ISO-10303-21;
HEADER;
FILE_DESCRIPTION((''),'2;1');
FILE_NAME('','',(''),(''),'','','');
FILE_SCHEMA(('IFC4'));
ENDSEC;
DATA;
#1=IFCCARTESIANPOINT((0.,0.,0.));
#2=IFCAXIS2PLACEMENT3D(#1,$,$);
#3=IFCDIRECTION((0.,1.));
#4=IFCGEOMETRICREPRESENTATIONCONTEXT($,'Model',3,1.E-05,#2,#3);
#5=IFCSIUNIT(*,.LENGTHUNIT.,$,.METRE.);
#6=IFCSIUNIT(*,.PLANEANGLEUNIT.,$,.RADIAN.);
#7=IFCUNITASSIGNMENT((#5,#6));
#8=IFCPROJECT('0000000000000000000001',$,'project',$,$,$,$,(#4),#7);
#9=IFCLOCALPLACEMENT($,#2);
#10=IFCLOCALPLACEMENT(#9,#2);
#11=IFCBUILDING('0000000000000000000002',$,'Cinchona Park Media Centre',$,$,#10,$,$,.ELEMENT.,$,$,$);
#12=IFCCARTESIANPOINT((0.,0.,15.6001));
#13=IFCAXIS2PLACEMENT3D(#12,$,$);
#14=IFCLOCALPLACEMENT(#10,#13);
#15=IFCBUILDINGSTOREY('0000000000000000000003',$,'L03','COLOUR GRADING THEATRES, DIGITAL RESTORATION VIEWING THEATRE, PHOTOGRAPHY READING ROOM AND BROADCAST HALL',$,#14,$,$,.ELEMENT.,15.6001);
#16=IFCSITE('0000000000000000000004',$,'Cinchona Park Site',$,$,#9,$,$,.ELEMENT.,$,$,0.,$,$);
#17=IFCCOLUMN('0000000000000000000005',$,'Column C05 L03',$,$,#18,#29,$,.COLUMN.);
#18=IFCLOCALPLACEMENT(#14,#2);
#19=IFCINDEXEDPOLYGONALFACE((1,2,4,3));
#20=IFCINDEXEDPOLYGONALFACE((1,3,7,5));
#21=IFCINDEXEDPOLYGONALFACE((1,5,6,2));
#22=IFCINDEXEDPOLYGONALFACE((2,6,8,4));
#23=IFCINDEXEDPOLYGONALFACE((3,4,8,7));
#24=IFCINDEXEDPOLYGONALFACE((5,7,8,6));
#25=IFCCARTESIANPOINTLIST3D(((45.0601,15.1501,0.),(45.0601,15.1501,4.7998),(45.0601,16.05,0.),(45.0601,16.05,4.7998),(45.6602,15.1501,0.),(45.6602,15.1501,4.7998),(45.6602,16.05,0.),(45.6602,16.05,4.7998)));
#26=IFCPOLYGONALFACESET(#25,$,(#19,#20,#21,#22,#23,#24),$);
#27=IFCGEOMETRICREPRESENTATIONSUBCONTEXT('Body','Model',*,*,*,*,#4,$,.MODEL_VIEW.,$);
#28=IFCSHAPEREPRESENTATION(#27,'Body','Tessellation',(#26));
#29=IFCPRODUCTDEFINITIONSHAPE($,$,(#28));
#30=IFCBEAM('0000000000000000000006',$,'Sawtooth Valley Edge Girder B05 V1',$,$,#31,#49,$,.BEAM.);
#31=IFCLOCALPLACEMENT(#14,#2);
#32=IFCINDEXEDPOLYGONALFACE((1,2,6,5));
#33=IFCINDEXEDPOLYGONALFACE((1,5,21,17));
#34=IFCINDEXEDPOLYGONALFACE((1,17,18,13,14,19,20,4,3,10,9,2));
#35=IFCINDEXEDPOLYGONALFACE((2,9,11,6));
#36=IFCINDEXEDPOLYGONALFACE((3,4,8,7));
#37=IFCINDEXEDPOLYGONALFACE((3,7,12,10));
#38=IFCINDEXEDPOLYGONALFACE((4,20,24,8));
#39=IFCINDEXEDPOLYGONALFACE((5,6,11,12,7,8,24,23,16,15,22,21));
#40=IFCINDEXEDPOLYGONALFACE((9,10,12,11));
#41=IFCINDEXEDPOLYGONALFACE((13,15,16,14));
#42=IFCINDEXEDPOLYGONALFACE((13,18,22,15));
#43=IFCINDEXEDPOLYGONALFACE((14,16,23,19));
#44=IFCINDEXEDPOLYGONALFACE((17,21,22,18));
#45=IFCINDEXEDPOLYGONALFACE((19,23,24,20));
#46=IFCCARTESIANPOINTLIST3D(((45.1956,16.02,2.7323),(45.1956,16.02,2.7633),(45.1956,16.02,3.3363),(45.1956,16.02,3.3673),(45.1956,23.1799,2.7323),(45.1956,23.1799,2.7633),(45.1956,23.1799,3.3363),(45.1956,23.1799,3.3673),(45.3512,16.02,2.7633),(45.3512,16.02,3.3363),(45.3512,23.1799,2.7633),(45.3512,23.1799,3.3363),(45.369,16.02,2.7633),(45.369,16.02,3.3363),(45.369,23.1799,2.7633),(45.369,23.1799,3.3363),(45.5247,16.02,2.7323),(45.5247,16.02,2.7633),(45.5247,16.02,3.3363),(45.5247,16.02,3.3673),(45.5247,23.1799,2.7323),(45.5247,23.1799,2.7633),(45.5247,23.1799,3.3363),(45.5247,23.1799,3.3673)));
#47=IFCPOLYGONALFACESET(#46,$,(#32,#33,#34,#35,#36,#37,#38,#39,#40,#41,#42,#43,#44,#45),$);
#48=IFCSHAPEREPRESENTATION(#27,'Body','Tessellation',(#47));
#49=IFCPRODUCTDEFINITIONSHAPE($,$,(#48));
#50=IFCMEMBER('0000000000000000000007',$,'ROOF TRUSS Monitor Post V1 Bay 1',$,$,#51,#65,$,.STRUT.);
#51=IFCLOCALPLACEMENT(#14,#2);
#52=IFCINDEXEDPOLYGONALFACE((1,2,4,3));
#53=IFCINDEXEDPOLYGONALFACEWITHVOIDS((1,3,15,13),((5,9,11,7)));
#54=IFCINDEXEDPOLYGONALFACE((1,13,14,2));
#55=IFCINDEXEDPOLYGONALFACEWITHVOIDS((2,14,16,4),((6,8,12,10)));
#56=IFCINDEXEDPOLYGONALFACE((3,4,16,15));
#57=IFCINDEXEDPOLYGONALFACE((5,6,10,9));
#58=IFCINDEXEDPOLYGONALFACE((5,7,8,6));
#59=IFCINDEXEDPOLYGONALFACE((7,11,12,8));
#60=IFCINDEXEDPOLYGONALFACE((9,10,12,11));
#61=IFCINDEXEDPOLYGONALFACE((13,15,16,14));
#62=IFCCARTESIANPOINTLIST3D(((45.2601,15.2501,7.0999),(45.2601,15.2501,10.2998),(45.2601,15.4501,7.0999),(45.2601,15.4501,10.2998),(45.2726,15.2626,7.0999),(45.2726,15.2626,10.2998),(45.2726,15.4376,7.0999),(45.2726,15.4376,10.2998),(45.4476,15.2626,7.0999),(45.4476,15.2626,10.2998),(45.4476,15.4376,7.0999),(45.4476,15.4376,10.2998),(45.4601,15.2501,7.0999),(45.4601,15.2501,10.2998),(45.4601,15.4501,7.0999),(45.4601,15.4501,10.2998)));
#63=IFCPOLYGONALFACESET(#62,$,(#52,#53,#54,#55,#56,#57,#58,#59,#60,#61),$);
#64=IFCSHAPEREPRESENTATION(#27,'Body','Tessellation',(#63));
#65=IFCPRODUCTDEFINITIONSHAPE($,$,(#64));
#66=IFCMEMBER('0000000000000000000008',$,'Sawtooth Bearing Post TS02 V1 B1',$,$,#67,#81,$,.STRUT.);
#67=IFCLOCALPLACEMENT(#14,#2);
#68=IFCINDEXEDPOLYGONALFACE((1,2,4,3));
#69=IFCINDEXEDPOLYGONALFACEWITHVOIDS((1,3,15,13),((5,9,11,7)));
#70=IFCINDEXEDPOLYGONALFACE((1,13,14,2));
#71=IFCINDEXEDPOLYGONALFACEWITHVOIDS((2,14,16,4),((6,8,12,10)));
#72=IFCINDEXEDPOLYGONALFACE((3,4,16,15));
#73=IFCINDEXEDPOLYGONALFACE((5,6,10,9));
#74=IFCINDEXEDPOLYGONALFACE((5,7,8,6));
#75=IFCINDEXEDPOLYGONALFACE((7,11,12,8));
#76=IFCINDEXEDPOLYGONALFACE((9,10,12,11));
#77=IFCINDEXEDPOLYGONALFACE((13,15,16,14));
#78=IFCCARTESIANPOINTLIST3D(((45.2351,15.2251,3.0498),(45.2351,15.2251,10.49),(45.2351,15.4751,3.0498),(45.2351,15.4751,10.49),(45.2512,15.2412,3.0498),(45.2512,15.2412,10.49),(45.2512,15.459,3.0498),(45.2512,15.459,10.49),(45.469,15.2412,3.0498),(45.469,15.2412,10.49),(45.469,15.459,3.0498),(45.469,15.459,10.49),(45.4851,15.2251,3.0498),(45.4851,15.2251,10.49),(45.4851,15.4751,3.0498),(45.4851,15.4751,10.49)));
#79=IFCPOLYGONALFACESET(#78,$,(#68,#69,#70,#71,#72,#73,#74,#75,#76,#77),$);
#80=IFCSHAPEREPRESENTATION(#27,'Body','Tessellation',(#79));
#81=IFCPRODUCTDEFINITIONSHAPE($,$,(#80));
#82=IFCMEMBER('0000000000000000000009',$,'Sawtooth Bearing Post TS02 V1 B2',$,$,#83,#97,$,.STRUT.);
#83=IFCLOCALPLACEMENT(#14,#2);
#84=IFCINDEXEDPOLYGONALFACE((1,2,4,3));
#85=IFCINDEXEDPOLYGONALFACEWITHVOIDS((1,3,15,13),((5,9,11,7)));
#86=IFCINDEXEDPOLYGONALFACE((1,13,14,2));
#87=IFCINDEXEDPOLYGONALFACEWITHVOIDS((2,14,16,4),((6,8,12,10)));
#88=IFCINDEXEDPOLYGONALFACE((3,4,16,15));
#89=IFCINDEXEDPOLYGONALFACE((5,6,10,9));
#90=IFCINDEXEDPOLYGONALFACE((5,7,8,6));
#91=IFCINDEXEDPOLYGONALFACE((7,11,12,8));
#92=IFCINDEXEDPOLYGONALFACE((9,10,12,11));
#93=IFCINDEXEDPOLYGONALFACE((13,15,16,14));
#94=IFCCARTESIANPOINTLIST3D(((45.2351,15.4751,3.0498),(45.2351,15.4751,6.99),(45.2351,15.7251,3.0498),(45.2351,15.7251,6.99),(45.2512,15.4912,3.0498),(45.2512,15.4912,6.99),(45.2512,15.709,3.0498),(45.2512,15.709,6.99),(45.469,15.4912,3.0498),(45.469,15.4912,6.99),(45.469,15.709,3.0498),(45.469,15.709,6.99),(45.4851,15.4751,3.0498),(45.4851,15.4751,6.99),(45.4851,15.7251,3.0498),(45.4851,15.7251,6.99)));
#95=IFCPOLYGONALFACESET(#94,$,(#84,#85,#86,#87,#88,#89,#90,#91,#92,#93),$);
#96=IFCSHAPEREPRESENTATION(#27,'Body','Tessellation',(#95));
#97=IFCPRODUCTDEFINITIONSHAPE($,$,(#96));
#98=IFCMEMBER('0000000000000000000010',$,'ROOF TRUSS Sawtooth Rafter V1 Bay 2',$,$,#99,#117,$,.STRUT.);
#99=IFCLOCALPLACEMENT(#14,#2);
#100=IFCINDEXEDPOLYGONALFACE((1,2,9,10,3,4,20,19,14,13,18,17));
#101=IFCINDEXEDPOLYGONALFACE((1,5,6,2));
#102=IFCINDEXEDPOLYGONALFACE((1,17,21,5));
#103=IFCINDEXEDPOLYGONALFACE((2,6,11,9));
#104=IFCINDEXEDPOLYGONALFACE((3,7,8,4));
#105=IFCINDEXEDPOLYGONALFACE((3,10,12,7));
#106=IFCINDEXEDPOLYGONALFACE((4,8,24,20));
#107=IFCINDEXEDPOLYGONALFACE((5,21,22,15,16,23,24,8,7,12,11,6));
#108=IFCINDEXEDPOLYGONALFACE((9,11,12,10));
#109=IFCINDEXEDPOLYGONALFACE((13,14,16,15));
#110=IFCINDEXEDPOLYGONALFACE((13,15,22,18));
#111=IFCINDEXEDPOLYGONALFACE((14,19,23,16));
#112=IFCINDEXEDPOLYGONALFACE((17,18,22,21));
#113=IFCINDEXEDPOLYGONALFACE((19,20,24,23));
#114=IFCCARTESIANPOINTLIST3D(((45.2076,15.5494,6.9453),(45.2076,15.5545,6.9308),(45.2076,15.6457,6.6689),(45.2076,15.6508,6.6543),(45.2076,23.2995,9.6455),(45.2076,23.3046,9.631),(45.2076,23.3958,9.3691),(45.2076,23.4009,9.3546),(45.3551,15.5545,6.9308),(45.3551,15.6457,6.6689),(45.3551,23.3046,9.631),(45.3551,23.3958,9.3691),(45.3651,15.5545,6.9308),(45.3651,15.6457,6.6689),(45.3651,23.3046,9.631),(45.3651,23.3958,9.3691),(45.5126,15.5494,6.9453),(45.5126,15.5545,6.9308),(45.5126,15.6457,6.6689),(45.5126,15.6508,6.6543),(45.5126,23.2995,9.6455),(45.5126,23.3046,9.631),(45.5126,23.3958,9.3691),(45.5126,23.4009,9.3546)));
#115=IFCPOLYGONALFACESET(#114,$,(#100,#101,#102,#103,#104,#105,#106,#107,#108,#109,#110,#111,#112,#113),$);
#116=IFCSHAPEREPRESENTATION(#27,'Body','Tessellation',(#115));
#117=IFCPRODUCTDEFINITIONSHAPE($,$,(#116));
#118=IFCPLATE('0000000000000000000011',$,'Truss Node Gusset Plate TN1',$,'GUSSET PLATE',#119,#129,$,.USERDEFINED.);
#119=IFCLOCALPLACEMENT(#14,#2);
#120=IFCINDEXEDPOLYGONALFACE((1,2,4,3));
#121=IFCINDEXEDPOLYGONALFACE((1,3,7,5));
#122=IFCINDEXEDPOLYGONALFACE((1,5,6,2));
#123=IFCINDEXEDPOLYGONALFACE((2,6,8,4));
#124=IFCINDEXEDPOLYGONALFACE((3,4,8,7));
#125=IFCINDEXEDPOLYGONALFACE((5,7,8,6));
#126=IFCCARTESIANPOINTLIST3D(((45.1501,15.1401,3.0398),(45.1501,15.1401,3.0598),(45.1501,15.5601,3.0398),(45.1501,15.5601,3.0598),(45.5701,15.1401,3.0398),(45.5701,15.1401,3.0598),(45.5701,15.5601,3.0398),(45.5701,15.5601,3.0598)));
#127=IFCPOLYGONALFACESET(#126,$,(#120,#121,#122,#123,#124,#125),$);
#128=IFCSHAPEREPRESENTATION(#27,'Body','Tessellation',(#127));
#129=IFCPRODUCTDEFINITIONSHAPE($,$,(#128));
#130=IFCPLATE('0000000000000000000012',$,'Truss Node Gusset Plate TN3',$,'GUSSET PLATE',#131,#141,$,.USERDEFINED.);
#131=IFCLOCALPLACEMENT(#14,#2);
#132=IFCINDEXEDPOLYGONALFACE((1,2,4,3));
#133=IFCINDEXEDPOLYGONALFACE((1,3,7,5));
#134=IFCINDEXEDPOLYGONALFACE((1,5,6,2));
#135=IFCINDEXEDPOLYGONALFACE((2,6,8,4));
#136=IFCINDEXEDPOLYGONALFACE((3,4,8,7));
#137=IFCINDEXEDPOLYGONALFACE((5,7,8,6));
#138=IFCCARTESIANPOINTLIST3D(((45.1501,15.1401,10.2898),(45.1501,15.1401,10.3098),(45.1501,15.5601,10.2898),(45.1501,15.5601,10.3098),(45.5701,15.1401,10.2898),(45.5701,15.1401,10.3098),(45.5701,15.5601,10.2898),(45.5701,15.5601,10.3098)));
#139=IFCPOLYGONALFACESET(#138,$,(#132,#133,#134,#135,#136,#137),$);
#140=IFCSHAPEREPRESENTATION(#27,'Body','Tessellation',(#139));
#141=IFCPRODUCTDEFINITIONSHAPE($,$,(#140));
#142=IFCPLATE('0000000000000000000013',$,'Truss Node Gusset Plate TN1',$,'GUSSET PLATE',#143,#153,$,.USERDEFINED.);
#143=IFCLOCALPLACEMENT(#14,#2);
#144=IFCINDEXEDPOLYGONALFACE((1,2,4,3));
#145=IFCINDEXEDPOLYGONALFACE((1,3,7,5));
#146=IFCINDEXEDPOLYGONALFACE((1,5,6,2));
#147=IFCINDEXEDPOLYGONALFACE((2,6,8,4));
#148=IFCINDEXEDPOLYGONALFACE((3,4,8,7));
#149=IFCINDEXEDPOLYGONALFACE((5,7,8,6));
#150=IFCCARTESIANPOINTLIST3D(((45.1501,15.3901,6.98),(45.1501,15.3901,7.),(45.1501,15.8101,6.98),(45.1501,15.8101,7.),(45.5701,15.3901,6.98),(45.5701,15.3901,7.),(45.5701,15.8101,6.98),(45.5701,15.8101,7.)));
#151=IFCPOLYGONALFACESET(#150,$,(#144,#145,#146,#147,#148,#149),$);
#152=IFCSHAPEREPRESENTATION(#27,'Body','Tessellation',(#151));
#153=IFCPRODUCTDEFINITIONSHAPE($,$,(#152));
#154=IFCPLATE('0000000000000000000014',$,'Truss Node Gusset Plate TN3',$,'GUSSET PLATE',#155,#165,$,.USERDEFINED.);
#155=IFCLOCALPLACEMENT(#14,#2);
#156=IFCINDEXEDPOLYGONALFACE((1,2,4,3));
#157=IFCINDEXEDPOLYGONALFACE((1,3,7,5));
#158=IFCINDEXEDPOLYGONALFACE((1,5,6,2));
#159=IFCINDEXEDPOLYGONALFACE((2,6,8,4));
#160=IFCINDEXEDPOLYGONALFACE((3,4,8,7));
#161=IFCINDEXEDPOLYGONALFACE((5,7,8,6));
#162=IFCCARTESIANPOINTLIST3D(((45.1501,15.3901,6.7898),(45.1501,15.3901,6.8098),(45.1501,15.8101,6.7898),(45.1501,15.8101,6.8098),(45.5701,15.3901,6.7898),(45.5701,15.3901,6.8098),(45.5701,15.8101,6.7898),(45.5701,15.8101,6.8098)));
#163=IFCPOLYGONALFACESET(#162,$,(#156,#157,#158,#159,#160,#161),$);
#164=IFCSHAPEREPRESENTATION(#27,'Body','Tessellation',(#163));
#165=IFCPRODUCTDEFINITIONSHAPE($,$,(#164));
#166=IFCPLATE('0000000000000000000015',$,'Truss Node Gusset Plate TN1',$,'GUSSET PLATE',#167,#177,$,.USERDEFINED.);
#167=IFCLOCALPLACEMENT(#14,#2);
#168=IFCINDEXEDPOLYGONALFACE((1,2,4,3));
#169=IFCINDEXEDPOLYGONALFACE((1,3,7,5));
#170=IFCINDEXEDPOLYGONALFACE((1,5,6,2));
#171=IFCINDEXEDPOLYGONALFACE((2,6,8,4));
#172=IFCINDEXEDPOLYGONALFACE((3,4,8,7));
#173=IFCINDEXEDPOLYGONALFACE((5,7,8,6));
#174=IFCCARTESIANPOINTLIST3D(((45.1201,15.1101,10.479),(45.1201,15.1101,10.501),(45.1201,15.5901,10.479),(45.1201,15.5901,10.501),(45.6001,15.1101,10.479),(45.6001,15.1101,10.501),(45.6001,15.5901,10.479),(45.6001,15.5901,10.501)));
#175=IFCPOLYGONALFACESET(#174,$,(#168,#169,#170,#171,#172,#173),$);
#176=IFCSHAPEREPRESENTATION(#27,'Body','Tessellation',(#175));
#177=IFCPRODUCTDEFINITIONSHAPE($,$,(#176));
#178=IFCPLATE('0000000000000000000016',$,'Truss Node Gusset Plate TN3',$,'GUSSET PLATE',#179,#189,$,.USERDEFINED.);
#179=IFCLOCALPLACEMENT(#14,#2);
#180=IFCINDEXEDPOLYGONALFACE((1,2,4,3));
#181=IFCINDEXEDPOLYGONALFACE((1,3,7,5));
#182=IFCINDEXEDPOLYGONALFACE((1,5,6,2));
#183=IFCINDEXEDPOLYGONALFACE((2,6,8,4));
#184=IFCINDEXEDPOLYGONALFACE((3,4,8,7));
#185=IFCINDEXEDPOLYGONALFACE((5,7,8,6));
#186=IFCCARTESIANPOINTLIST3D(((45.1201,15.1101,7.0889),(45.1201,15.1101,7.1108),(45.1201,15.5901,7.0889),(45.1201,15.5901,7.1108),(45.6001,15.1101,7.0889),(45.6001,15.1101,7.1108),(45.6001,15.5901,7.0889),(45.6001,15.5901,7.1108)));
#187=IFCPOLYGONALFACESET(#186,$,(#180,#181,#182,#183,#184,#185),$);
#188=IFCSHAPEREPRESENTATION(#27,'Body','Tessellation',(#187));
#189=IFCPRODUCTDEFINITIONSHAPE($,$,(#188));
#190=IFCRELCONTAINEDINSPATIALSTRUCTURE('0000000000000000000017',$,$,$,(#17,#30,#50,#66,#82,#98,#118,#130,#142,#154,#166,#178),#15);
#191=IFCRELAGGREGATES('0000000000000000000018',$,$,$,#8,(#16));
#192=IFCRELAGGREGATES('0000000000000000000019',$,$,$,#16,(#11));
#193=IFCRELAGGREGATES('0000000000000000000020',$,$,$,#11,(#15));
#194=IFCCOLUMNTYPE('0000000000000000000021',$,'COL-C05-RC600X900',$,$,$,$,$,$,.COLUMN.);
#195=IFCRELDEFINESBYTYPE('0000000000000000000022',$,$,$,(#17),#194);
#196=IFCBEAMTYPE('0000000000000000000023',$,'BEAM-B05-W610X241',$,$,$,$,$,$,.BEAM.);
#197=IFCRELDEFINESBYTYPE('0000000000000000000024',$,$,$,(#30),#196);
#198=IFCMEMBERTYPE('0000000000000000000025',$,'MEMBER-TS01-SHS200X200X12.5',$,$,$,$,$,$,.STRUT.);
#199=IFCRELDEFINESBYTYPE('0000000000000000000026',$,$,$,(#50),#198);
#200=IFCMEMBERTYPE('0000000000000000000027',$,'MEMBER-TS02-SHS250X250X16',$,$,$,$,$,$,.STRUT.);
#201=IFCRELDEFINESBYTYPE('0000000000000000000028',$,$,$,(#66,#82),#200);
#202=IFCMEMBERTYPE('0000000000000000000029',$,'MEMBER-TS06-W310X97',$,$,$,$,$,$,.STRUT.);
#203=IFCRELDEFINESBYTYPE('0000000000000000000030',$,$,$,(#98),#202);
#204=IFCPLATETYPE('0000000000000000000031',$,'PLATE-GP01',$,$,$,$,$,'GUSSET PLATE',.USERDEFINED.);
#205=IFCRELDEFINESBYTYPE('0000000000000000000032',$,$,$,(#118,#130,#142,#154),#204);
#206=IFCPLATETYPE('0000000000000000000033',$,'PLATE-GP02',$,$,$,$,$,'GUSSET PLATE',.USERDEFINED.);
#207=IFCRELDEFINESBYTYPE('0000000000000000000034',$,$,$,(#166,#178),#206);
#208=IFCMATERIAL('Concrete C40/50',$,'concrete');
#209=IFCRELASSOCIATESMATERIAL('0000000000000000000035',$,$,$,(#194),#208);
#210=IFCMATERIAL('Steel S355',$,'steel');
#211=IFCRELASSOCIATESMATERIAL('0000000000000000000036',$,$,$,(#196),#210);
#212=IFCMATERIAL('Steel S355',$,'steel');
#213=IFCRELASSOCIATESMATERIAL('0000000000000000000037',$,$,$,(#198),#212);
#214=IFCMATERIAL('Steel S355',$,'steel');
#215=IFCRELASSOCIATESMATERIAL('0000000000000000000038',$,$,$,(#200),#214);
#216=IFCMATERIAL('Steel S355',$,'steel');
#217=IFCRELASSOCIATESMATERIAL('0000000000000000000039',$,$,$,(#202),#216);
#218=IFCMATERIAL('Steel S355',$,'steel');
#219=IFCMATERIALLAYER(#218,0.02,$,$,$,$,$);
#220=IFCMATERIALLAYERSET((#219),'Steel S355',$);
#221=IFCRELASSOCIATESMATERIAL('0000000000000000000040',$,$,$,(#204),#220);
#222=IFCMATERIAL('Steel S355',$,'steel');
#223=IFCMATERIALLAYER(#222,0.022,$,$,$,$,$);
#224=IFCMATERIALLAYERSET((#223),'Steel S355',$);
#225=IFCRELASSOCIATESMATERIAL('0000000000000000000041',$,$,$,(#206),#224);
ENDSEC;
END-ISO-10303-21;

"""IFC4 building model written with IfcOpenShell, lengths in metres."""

from ifc_helpers import new_model, si_unit, direction, frame, origin, origin_2d, place, context, subcontext, project, spatial, rectangle, hollow_rectangle, i_section, extrude, material, layer, layer_set, material_profile, profile_set, type_object, element, save


model = new_model("IFC4")

# Units and contexts
model_context = context("Model", 3, precision=1e-05, world=origin(), true_north=direction((0.0, 1.0)))
body_context = subcontext(model_context, "Body", "Model", "MODEL_VIEW")
ifc_project = project(units=[si_unit("LENGTHUNIT", "METRE"), si_unit("PLANEANGLEUNIT", "RADIAN")], contexts=[model_context])

# Site, building, storey
site_placement = place(None, origin())
site = spatial("IfcSite", under=ifc_project, at=site_placement, Name="Cinchona Park Site", CompositionType="ELEMENT", RefElevation=0.0)
building_placement = place(site_placement, origin())
building = spatial("IfcBuilding", under=site, at=building_placement, Name="Cinchona Park Media Centre", CompositionType="ELEMENT")
storey_placement = place(building_placement, frame((0.0, 0.0, 15.6001)))
storey = spatial("IfcBuildingStorey", under=building, at=storey_placement, Name="L03", Description="COLOUR GRADING THEATRES, DIGITAL RESTORATION VIEWING THEATRE, PHOTOGRAPHY READING ROOM AND BROADCAST HALL", CompositionType="ELEMENT", Elevation=15.6001)

# Column
ifc_material_1 = material(Name="Concrete C40/50", Category="concrete")
ifc_material_profile_1 = material_profile(ifc_material_1, rectangle(XDim=0.6001, YDim=0.8999, at=origin_2d()), Name="RC 600X900")
ifc_profile_set_1 = profile_set([ifc_material_profile_1], Name="Concrete C40/50")
column_type = type_object("IfcColumnType", Name="COL-C05-RC600X900", PredefinedType="COLUMN", material=ifc_profile_set_1)
column_placement = place(storey_placement, frame((45.3601, 15.6001, 0.0), z_axis=(0.0, 0.0, 1.0), x_axis=(1.0, 0.0, 0.0)))
element("IfcColumn", 1, at=column_placement, inside=storey, type_object=column_type, Name="Column C05 L03", PredefinedType="COLUMN", context=body_context, shape_type="SweptSolid", body=[
    extrude(rectangle(XDim=0.6001, YDim=0.8999, at=origin_2d()), origin(), (0.0, 0.0, 1.0), 4.7998),
])

# Beam
ifc_material_2 = material(Name="Steel S355", Category="steel")
ifc_material_profile_2 = material_profile(ifc_material_2, i_section(OverallWidth=0.3291, OverallDepth=0.635, WebThickness=0.0178, FlangeThickness=0.031, at=origin_2d()), Name="W610X241")
ifc_profile_set_2 = profile_set([ifc_material_profile_2], Name="Steel S355")
beam_type = type_object("IfcBeamType", Name="BEAM-B05-W610X241", PredefinedType="BEAM", material=ifc_profile_set_2)
beam_placement = place(storey_placement, frame((45.3601, 16.02, 3.0498), z_axis=(0.0, 1.0, 0.0), x_axis=(-1.0, 0.0, 0.0)))
element("IfcBeam", 2, at=beam_placement, inside=storey, type_object=beam_type, Name="Sawtooth Valley Edge Girder B05 V1", PredefinedType="BEAM", context=body_context, shape_type="SweptSolid", body=[
    extrude(i_section(OverallWidth=0.3291, OverallDepth=0.635, WebThickness=0.0178, FlangeThickness=0.031, at=origin_2d()), origin(), (0.0, 0.0, 1.0), 7.1599),
])

# Members
ifc_material_3 = material(Name="Steel S355", Category="steel")
ifc_material_profile_3 = material_profile(ifc_material_3, hollow_rectangle(XDim=0.2, YDim=0.2, WallThickness=0.0125, at=origin_2d()), Name="200X200X12.5SHS")
ifc_profile_set_3 = profile_set([ifc_material_profile_3], Name="Steel S355")
member_type_1 = type_object("IfcMemberType", Name="MEMBER-TS01-SHS200X200X12.5", PredefinedType="STRUT", material=ifc_profile_set_3)
member_1_placement = place(storey_placement, frame((45.3601, 15.3501, 7.0999), z_axis=(0.0, 0.0, 1.0), x_axis=(1.0, 0.0, 0.0)))
element("IfcMember", 3, at=member_1_placement, inside=storey, type_object=member_type_1, Name="ROOF TRUSS Monitor Post V1 Bay 1", PredefinedType="STRUT", context=body_context, shape_type="SweptSolid", body=[
    extrude(hollow_rectangle(XDim=0.2, YDim=0.2, WallThickness=0.0125, at=origin_2d()), origin(), (0.0, 0.0, 1.0), 3.2),
])
ifc_material_4 = material(Name="Steel S355", Category="steel")
ifc_material_profile_4 = material_profile(ifc_material_4, hollow_rectangle(XDim=0.25, YDim=0.25, WallThickness=0.0161, at=origin_2d()), Name="250X250X16SHS")
ifc_profile_set_4 = profile_set([ifc_material_profile_4], Name="Steel S355")
member_type_2 = type_object("IfcMemberType", Name="MEMBER-TS02-SHS250X250X16", PredefinedType="STRUT", material=ifc_profile_set_4)
member_2_placement = place(storey_placement, frame((45.3601, 15.3501, 3.0498), z_axis=(0.0, 0.0, 1.0), x_axis=(1.0, 0.0, 0.0)))
element("IfcMember", 4, at=member_2_placement, inside=storey, type_object=member_type_2, Name="Sawtooth Bearing Post TS02 V1 B1", PredefinedType="STRUT", context=body_context, shape_type="SweptSolid", body=[
    extrude(hollow_rectangle(XDim=0.25, YDim=0.25, WallThickness=0.0161, at=origin_2d()), origin(), (0.0, 0.0, 1.0), 7.4402),
])
member_3_placement = place(storey_placement, frame((45.3601, 15.6001, 3.0498), z_axis=(0.0, 0.0, 1.0), x_axis=(1.0, 0.0, 0.0)))
element("IfcMember", 5, at=member_3_placement, inside=storey, type_object=member_type_2, Name="Sawtooth Bearing Post TS02 V1 B2", PredefinedType="STRUT", context=body_context, shape_type="SweptSolid", body=[
    extrude(hollow_rectangle(XDim=0.25, YDim=0.25, WallThickness=0.0161, at=origin_2d()), origin(), (0.0, 0.0, 1.0), 3.9402),
])
ifc_material_5 = material(Name="Steel S355", Category="steel")
ifc_material_profile_5 = material_profile(ifc_material_5, i_section(OverallWidth=0.3049, OverallDepth=0.3081, WebThickness=0.01, FlangeThickness=0.0154, at=origin_2d()), Name="W310X97")
ifc_profile_set_5 = profile_set([ifc_material_profile_5], Name="Steel S355")
member_type_3 = type_object("IfcMemberType", Name="MEMBER-TS06-W310X97", PredefinedType="STRUT", material=ifc_profile_set_5)
member_4_placement = place(storey_placement, frame((45.3601, 15.6001, 6.7998), z_axis=(0.0, 0.944325, 0.329014), x_axis=(-1.0, 0.0, 0.0)))
element("IfcMember", 6, at=member_4_placement, inside=storey, type_object=member_type_3, Name="ROOF TRUSS Sawtooth Rafter V1 Bay 2", PredefinedType="STRUT", context=body_context, shape_type="SweptSolid", body=[
    extrude(i_section(OverallWidth=0.3049, OverallDepth=0.3081, WebThickness=0.01, FlangeThickness=0.0154, at=origin_2d()), origin(), (0.0, 0.0, 1.0), 8.207),
])

# Plates
ifc_material_6 = material(Name="Steel S355", Category="steel")
ifc_layer_1 = layer(ifc_material_6, 0.02)
ifc_layer_set_1 = layer_set([ifc_layer_1], Name="Steel S355")
plate_type_1 = type_object("IfcPlateType", Name="PLATE-GP01", ElementType="GUSSET PLATE", PredefinedType="USERDEFINED", material=ifc_layer_set_1)
for number, where, z_axis, x_axis, name in (
    (7, (45.3601, 15.3501, 3.0398), (0.0, 0.0, 1.0), (1.0, 0.0, 0.0), "Truss Node Gusset Plate TN1"),
    (8, (45.3601, 15.3501, 10.2898), (0.0, 0.0, 1.0), (1.0, 0.0, 0.0), "Truss Node Gusset Plate TN3"),
    (9, (45.3601, 15.6001, 6.98), (0.0, 0.0, 1.0), (1.0, 0.0, 0.0), "Truss Node Gusset Plate TN1"),
    (10, (45.3601, 15.6001, 6.7898), (0.0, 0.0, 1.0), (1.0, 0.0, 0.0), "Truss Node Gusset Plate TN3"),
):
    element("IfcPlate", number, at=place(storey_placement, frame(where, z_axis=z_axis, x_axis=x_axis)), inside=storey, type_object=plate_type_1, Name=name, ObjectType="GUSSET PLATE", PredefinedType="USERDEFINED", context=body_context, shape_type="SweptSolid", body=[
        extrude(rectangle(XDim=0.4199, YDim=0.4199, at=origin_2d()), origin(), (0.0, 0.0, 1.0), 0.02),
    ])
ifc_material_7 = material(Name="Steel S355", Category="steel")
ifc_layer_2 = layer(ifc_material_7, 0.022)
ifc_layer_set_2 = layer_set([ifc_layer_2], Name="Steel S355")
plate_type_2 = type_object("IfcPlateType", Name="PLATE-GP02", ElementType="GUSSET PLATE", PredefinedType="USERDEFINED", material=ifc_layer_set_2)
for number, where, z_axis, x_axis, name in (
    (11, (45.3601, 15.3501, 10.479), (0.0, 0.0, 1.0), (1.0, 0.0, 0.0), "Truss Node Gusset Plate TN1"),
    (12, (45.3601, 15.3501, 7.0889), (0.0, 0.0, 1.0), (1.0, 0.0, 0.0), "Truss Node Gusset Plate TN3"),
):
    element("IfcPlate", number, at=place(storey_placement, frame(where, z_axis=z_axis, x_axis=x_axis)), inside=storey, type_object=plate_type_2, Name=name, ObjectType="GUSSET PLATE", PredefinedType="USERDEFINED", context=body_context, shape_type="SweptSolid", body=[
        extrude(rectangle(XDim=0.48, YDim=0.48, at=origin_2d()), origin(), (0.0, 0.0, 1.0), 0.022),
    ])

save(model, "model.ifc")
